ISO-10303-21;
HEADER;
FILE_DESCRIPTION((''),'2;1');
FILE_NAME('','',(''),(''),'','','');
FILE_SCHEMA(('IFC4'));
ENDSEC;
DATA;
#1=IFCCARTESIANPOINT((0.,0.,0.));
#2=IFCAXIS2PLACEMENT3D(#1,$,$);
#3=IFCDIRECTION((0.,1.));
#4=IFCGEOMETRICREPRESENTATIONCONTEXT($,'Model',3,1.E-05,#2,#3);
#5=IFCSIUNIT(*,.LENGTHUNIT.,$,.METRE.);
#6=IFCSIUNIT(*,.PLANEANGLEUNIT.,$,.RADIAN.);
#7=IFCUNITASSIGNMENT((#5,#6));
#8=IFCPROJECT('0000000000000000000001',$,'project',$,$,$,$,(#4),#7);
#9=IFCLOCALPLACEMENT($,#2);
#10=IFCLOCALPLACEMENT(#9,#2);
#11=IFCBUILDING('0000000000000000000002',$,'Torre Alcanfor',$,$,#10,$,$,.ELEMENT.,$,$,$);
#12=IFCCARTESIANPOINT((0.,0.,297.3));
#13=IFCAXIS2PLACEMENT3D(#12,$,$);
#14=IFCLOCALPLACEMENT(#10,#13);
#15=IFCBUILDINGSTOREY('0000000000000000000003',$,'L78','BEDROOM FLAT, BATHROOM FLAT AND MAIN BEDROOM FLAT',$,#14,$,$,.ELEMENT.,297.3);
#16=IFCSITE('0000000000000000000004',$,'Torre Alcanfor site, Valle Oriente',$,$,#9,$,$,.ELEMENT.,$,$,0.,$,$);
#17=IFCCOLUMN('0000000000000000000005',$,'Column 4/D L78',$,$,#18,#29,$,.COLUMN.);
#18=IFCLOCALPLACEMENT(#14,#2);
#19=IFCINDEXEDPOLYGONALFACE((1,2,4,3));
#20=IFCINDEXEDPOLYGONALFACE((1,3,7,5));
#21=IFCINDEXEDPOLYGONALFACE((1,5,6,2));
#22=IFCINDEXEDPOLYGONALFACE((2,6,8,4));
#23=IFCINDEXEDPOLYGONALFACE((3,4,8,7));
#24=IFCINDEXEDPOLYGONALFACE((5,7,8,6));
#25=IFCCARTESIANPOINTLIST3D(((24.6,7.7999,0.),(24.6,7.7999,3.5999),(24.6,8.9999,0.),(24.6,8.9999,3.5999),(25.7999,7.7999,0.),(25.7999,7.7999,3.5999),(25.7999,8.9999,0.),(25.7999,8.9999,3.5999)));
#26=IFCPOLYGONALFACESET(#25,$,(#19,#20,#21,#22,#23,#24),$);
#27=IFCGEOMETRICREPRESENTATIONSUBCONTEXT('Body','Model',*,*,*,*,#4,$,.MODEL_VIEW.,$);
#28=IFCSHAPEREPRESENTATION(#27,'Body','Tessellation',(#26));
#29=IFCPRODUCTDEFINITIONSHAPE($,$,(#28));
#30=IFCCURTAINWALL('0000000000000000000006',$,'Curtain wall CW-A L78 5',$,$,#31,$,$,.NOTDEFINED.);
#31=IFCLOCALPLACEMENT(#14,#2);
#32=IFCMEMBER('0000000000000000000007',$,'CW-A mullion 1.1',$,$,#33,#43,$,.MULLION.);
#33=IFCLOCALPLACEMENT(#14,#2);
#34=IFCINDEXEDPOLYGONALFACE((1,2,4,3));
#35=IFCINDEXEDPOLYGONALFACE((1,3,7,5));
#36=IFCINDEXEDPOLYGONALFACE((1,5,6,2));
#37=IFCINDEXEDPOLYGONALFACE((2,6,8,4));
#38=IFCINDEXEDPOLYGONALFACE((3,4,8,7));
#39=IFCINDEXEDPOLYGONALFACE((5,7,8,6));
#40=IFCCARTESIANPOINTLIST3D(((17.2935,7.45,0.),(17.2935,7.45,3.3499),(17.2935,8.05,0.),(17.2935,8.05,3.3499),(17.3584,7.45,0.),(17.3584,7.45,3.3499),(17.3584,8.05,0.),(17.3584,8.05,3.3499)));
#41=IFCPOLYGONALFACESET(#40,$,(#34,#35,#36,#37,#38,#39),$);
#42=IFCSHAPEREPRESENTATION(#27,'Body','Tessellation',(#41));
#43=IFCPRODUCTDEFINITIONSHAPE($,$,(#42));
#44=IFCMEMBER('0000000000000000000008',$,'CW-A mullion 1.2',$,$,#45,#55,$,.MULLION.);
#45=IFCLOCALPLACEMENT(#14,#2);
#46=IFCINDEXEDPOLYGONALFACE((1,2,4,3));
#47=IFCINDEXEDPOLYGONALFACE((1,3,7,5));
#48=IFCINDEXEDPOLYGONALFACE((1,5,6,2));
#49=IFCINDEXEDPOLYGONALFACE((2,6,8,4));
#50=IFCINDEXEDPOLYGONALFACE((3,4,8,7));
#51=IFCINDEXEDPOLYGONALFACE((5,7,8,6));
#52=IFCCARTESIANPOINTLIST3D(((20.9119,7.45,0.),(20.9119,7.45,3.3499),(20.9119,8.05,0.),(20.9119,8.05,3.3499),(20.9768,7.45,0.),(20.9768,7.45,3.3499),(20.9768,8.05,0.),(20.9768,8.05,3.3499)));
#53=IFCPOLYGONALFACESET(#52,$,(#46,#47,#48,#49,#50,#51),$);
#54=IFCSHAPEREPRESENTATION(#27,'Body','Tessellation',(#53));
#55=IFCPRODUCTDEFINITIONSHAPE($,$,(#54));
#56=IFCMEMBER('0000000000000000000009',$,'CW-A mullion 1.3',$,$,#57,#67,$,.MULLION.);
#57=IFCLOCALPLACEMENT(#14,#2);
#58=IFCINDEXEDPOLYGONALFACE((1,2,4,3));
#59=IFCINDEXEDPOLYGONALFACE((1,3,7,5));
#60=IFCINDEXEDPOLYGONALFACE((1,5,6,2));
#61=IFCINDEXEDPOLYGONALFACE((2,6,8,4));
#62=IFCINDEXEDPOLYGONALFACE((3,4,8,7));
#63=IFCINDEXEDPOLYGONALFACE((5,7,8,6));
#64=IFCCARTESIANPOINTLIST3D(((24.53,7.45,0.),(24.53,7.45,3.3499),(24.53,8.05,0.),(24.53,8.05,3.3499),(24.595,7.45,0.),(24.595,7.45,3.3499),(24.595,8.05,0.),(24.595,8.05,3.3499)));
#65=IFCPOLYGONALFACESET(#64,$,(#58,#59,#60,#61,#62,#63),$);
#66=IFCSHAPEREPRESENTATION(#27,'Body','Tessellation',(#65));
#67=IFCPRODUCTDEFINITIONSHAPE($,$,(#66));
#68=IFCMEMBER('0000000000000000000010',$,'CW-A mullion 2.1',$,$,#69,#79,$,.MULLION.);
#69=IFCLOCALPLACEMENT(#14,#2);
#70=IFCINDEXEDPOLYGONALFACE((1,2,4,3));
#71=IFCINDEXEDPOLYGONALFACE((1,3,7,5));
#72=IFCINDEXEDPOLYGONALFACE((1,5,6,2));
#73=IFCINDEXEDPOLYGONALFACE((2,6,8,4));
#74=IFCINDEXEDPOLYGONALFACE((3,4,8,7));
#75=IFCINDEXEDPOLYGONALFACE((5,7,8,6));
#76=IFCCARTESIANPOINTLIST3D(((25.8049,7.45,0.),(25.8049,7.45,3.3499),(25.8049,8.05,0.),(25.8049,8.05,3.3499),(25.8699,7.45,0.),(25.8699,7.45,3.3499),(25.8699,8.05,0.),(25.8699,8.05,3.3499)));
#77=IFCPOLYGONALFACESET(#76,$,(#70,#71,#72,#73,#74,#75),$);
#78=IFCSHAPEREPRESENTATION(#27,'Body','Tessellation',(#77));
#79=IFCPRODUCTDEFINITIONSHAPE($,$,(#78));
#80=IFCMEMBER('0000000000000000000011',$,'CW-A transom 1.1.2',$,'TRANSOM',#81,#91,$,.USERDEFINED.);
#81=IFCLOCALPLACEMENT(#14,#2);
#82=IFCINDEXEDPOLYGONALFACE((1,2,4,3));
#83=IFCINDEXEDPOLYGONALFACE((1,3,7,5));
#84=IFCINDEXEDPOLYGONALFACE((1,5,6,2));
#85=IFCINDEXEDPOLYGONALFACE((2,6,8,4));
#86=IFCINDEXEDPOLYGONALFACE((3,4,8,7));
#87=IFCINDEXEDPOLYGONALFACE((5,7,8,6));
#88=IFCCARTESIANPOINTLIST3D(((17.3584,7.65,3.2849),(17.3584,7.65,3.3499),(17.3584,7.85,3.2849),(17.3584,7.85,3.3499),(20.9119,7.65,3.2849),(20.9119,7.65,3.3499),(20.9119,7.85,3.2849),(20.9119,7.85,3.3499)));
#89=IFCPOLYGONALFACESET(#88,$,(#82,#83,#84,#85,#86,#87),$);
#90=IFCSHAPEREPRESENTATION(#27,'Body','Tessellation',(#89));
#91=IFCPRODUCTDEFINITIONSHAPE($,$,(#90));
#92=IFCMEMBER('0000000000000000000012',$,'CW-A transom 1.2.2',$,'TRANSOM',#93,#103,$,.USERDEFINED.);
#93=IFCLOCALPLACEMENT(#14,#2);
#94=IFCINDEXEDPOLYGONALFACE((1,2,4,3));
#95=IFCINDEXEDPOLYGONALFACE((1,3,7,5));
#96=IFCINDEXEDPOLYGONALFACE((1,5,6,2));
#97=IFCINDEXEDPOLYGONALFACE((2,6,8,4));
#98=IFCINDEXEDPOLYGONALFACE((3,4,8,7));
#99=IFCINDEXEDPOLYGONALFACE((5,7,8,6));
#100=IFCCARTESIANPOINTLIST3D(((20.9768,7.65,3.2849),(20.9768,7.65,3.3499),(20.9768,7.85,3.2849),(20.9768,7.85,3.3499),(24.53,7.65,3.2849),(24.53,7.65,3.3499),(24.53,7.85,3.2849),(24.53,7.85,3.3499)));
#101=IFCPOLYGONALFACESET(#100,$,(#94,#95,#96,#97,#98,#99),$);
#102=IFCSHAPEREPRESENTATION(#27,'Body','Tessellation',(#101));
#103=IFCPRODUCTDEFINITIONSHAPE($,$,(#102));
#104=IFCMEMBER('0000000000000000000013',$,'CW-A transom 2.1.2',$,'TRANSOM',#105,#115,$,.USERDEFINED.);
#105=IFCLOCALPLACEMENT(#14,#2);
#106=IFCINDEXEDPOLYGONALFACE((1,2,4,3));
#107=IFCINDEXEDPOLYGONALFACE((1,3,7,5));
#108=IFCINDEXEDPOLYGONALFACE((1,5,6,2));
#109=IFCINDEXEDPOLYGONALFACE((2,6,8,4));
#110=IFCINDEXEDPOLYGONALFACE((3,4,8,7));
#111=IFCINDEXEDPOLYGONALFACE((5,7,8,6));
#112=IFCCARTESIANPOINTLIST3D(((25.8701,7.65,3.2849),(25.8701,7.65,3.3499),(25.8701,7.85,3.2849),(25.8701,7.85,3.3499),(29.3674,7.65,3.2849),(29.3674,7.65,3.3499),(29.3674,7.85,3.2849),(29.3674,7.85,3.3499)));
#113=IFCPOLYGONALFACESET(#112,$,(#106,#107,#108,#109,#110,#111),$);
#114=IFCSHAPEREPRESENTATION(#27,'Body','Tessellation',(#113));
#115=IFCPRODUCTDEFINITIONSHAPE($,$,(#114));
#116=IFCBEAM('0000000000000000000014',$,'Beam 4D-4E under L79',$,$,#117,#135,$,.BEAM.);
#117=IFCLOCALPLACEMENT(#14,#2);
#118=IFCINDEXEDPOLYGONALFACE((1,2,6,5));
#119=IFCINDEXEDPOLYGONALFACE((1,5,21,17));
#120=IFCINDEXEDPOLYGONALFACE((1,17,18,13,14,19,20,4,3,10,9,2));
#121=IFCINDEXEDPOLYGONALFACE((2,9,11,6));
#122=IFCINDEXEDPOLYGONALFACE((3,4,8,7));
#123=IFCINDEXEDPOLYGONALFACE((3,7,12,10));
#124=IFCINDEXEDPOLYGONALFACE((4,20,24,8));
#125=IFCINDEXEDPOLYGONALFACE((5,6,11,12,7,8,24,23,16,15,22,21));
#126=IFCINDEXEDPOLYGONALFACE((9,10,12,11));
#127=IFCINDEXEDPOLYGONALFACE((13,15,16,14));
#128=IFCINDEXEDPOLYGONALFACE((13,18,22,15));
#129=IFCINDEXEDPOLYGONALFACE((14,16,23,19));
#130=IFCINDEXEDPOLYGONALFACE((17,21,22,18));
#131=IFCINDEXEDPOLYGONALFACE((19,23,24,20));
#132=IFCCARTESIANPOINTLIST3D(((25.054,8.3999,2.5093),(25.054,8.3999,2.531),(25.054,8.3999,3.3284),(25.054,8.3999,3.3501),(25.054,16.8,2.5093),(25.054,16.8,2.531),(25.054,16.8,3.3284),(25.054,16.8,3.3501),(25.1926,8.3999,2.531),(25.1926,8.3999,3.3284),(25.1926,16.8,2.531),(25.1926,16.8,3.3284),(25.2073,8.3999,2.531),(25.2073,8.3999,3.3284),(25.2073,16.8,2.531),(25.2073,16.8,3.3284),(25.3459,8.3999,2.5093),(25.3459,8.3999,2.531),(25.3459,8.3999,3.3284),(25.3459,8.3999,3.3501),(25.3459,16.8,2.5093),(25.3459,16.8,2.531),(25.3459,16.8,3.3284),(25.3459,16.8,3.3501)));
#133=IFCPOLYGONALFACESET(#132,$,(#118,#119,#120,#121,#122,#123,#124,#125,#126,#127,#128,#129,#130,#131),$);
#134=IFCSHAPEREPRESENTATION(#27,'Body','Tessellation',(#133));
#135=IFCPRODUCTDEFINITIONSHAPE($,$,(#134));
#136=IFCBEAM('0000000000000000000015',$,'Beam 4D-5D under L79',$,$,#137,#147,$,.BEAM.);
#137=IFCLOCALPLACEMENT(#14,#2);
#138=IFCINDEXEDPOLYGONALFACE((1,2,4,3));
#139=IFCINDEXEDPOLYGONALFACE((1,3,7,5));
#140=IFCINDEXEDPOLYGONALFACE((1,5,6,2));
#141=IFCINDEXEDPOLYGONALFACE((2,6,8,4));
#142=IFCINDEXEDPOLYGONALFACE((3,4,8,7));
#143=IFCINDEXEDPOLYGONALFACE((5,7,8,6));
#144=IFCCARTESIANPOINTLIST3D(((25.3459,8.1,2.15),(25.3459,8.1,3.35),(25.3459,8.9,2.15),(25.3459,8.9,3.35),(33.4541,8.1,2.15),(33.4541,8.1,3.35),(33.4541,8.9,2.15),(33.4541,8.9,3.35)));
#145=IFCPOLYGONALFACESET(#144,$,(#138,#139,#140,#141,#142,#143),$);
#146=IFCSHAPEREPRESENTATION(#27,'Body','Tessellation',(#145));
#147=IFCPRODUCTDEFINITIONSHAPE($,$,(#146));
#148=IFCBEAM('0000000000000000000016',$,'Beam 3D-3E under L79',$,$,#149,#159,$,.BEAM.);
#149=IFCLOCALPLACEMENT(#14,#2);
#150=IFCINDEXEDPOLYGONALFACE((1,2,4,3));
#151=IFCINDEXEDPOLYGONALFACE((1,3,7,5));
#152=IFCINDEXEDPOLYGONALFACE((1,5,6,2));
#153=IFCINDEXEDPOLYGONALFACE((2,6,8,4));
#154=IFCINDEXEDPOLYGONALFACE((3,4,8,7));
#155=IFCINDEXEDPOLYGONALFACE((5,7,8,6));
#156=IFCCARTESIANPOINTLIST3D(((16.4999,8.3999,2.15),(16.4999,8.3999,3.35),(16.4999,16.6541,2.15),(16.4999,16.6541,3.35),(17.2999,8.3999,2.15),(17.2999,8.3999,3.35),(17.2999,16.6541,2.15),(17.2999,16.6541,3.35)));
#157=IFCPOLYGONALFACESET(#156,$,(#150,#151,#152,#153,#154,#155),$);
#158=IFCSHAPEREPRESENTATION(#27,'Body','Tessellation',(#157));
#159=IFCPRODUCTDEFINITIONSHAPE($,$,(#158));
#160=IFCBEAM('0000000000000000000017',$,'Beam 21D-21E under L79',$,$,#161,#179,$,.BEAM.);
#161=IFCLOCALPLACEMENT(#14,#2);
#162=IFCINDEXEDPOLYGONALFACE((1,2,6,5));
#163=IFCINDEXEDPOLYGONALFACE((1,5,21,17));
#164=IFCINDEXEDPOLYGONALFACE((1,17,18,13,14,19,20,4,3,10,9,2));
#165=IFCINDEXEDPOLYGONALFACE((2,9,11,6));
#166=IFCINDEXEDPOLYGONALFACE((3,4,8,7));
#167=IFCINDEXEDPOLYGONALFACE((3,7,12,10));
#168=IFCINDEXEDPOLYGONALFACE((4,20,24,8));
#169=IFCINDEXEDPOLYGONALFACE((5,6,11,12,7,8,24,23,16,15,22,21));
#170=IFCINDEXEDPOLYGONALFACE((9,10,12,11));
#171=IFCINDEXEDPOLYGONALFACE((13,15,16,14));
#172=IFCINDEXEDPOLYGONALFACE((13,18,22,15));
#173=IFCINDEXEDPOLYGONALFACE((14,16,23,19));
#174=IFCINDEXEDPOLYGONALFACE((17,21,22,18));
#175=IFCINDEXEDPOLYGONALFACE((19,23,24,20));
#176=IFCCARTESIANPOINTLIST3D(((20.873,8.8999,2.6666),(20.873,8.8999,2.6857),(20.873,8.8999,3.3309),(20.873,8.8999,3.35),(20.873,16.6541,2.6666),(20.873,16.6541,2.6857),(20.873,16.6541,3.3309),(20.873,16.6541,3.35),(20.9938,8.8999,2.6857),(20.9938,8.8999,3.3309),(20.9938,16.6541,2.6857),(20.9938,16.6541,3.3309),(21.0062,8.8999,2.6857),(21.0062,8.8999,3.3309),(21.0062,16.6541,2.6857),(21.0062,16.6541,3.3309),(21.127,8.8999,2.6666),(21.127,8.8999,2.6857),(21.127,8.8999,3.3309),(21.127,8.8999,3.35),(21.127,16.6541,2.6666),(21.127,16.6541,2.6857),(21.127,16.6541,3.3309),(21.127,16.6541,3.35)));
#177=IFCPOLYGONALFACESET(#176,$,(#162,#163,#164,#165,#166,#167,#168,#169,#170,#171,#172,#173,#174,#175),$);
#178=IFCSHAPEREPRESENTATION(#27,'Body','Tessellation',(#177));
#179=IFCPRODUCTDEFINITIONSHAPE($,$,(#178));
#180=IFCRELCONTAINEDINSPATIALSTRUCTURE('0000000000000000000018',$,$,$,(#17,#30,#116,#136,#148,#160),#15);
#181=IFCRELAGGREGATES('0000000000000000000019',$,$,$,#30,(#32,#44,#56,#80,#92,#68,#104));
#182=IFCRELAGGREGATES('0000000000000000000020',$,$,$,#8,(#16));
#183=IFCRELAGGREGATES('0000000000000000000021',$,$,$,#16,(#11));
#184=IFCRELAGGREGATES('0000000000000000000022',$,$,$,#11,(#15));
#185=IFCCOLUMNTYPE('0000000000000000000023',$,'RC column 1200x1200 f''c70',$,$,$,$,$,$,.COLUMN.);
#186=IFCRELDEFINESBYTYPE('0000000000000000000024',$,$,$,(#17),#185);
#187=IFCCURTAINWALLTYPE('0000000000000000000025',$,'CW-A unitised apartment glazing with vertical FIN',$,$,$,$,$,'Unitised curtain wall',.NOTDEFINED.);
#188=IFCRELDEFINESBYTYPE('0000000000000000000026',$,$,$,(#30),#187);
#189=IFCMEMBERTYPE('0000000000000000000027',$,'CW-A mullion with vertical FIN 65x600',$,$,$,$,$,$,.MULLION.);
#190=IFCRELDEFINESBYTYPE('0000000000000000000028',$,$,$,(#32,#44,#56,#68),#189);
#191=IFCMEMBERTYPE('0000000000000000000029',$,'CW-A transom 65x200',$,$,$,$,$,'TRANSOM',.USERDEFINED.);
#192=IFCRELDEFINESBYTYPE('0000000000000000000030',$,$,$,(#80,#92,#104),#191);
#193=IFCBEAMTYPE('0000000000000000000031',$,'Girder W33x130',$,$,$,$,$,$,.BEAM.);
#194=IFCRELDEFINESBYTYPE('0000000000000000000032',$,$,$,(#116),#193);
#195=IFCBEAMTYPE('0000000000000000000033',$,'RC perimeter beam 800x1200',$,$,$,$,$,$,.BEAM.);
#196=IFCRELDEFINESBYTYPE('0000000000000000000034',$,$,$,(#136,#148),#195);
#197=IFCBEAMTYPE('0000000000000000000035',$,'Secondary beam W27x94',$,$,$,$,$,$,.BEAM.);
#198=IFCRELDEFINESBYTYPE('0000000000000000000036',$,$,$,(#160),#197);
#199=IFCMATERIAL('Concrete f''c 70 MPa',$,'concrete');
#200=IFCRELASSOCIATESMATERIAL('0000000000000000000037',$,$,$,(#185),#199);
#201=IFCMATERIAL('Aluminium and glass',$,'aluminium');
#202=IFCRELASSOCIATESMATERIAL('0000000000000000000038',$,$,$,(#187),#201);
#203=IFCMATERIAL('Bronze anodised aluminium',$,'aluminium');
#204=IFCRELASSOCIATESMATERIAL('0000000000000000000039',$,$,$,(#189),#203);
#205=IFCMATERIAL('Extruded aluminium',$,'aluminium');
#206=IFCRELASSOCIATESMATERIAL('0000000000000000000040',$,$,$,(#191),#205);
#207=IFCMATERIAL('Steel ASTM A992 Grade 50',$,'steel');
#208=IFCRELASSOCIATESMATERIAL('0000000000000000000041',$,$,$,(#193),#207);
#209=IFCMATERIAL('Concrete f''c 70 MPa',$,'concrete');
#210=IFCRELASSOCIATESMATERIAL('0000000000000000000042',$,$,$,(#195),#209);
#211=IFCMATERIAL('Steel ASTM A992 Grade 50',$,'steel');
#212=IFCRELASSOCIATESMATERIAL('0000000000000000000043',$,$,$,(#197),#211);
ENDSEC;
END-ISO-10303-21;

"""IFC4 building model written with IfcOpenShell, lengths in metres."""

from ifc_helpers import new_model, si_unit, direction, frame, origin, origin_2d, place, context, subcontext, project, spatial, rectangle, i_section, extrude, material, material_profile, profile_set, type_object, element, aggregate, save


model = new_model("IFC4")

# Units and contexts
model_context = context("Model", 3, precision=1e-05, world=origin(), true_north=direction((0.0, 1.0)))
body_context = subcontext(model_context, "Body", "Model", "MODEL_VIEW")
ifc_project = project(units=[si_unit("LENGTHUNIT", "METRE"), si_unit("PLANEANGLEUNIT", "RADIAN")], contexts=[model_context])

# Site, building, storey
site_placement = place(None, origin())
site = spatial("IfcSite", under=ifc_project, at=site_placement, Name="Torre Alcanfor site, Valle Oriente", CompositionType="ELEMENT", RefElevation=0.0)
building_placement = place(site_placement, origin())
building = spatial("IfcBuilding", under=site, at=building_placement, Name="Torre Alcanfor", CompositionType="ELEMENT")
storey_placement = place(building_placement, frame((0.0, 0.0, 297.3)))
storey = spatial("IfcBuildingStorey", under=building, at=storey_placement, Name="L78", Description="BEDROOM FLAT, BATHROOM FLAT AND MAIN BEDROOM FLAT", CompositionType="ELEMENT", Elevation=297.3)

# Column
ifc_material_1 = material(Name="Concrete f'c 70 MPa", Category="concrete")
ifc_material_profile_1 = material_profile(ifc_material_1, rectangle(XDim=1.2, YDim=1.2, at=origin_2d()), Name="1200x1200")
ifc_profile_set_1 = profile_set([ifc_material_profile_1], Name="Concrete f'c 70 MPa")
column_type = type_object("IfcColumnType", Name="RC column 1200x1200 f'c70", PredefinedType="COLUMN", material=ifc_profile_set_1)
column_placement = place(storey_placement, frame((25.2, 8.3999, 0.0), z_axis=(0.0, 0.0, 1.0), x_axis=(1.0, 0.0, 0.0)))
element("IfcColumn", 1, at=column_placement, inside=storey, type_object=column_type, Name="Column 4/D L78", PredefinedType="COLUMN", context=body_context, shape_type="SweptSolid", body=[
    extrude(rectangle(XDim=1.2, YDim=1.2, at=origin_2d()), origin(), (0.0, 0.0, 1.0), 3.5999),
])

# Curtain wall, members
ifc_material_2 = material(Name="Aluminium and glass", Category="aluminium")
curtain_wall_type = type_object("IfcCurtainWallType", Name="CW-A unitised apartment glazing with vertical FIN", ElementType="Unitised curtain wall", PredefinedType="NOTDEFINED", material=ifc_material_2)
curtain_wall_placement = place(storey_placement, origin())
curtain_wall = element("IfcCurtainWall", 2, at=curtain_wall_placement, inside=storey, type_object=curtain_wall_type, Name="Curtain wall CW-A L78 5", PredefinedType="NOTDEFINED")
ifc_material_3 = material(Name="Bronze anodised aluminium", Category="aluminium")
ifc_material_profile_2 = material_profile(ifc_material_3, rectangle(XDim=0.6001, YDim=0.0649, at=origin_2d()), Name="CW-A mullion 65x600")
ifc_profile_set_2 = profile_set([ifc_material_profile_2], Name="Bronze anodised aluminium")
member_type_1 = type_object("IfcMemberType", Name="CW-A mullion with vertical FIN 65x600", PredefinedType="MULLION", material=ifc_profile_set_2)
member_1_placement = place(storey_placement, frame((17.3259, 7.75, 0.0), z_axis=(0.0, 0.0, 1.0), x_axis=(0.0, 1.0, 0.0)))
member_1 = element("IfcMember", 3, at=member_1_placement, type_object=member_type_1, Name="CW-A mullion 1.1", PredefinedType="MULLION", context=body_context, shape_type="SweptSolid", body=[
    extrude(rectangle(XDim=0.6001, YDim=0.0649, at=origin_2d()), origin(), (0.0, 0.0, 1.0), 3.3499),
])
member_2_placement = place(storey_placement, frame((20.9443, 7.75, 0.0), z_axis=(0.0, 0.0, 1.0), x_axis=(0.0, 1.0, 0.0)))
member_2 = element("IfcMember", 4, at=member_2_placement, type_object=member_type_1, Name="CW-A mullion 1.2", PredefinedType="MULLION", context=body_context, shape_type="SweptSolid", body=[
    extrude(rectangle(XDim=0.6001, YDim=0.0649, at=origin_2d()), origin(), (0.0, 0.0, 1.0), 3.3499),
])
member_3_placement = place(storey_placement, frame((24.5625, 7.75, 0.0), z_axis=(0.0, 0.0, 1.0), x_axis=(0.0, 1.0, 0.0)))
member_3 = element("IfcMember", 5, at=member_3_placement, type_object=member_type_1, Name="CW-A mullion 1.3", PredefinedType="MULLION", context=body_context, shape_type="SweptSolid", body=[
    extrude(rectangle(XDim=0.6001, YDim=0.0649, at=origin_2d()), origin(), (0.0, 0.0, 1.0), 3.3499),
])
member_4_placement = place(storey_placement, frame((25.8374, 7.75, 0.0), z_axis=(0.0, 0.0, 1.0), x_axis=(0.0, 1.0, 0.0)))
member_4 = element("IfcMember", 6, at=member_4_placement, type_object=member_type_1, Name="CW-A mullion 2.1", PredefinedType="MULLION", context=body_context, shape_type="SweptSolid", body=[
    extrude(rectangle(XDim=0.6001, YDim=0.0649, at=origin_2d()), origin(), (0.0, 0.0, 1.0), 3.3499),
])
ifc_material_4 = material(Name="Extruded aluminium", Category="aluminium")
ifc_material_profile_3 = material_profile(ifc_material_4, rectangle(XDim=0.2, YDim=0.0649, at=origin_2d()), Name="CW-A transom 200x65")
ifc_profile_set_3 = profile_set([ifc_material_profile_3], Name="Extruded aluminium")
member_type_2 = type_object("IfcMemberType", Name="CW-A transom 65x200", ElementType="TRANSOM", PredefinedType="USERDEFINED", material=ifc_profile_set_3)
member_5_placement = place(storey_placement, frame((17.3584, 7.75, 3.3174), z_axis=(1.0, 0.0, 0.0), x_axis=(0.0, 1.0, 0.0)))
member_5 = element("IfcMember", 7, at=member_5_placement, type_object=member_type_2, Name="CW-A transom 1.1.2", ObjectType="TRANSOM", PredefinedType="USERDEFINED", context=body_context, shape_type="SweptSolid", body=[
    extrude(rectangle(XDim=0.2, YDim=0.0649, at=origin_2d()), origin(), (0.0, 0.0, 1.0), 3.5535),
])
member_6_placement = place(storey_placement, frame((20.9768, 7.75, 3.3174), z_axis=(1.0, 0.0, 0.0), x_axis=(0.0, 1.0, 0.0)))
member_6 = element("IfcMember", 8, at=member_6_placement, type_object=member_type_2, Name="CW-A transom 1.2.2", ObjectType="TRANSOM", PredefinedType="USERDEFINED", context=body_context, shape_type="SweptSolid", body=[
    extrude(rectangle(XDim=0.2, YDim=0.0649, at=origin_2d()), origin(), (0.0, 0.0, 1.0), 3.5532),
])
member_7_placement = place(storey_placement, frame((25.8701, 7.75, 3.3174), z_axis=(1.0, 0.0, 0.0), x_axis=(0.0, 1.0, 0.0)))
member_7 = element("IfcMember", 9, at=member_7_placement, type_object=member_type_2, Name="CW-A transom 2.1.2", ObjectType="TRANSOM", PredefinedType="USERDEFINED", context=body_context, shape_type="SweptSolid", body=[
    extrude(rectangle(XDim=0.2, YDim=0.0649, at=origin_2d()), origin(), (0.0, 0.0, 1.0), 3.4973),
])

# Beams
ifc_material_5 = material(Name="Steel ASTM A992 Grade 50", Category="steel")
ifc_material_profile_4 = material_profile(ifc_material_5, i_section(OverallWidth=0.292, OverallDepth=0.8408, WebThickness=0.0146, FlangeThickness=0.0217, at=origin_2d()), Name="W33x130")
ifc_profile_set_4 = profile_set([ifc_material_profile_4], Name="Steel ASTM A992 Grade 50")
beam_type_1 = type_object("IfcBeamType", Name="Girder W33x130", PredefinedType="BEAM", material=ifc_profile_set_4)
beam_1_placement = place(storey_placement, frame((25.2, 8.3999, 2.9297), z_axis=(0.0, 1.0, 0.0), x_axis=(-1.0, 0.0, 0.0)))
element("IfcBeam", 10, at=beam_1_placement, inside=storey, type_object=beam_type_1, Name="Beam 4D-4E under L79", PredefinedType="BEAM", context=body_context, shape_type="SweptSolid", body=[
    extrude(i_section(OverallWidth=0.292, OverallDepth=0.8408, WebThickness=0.0146, FlangeThickness=0.0217, at=origin_2d()), origin(), (0.0, 0.0, 1.0), 8.4001),
])
ifc_material_6 = material(Name="Concrete f'c 70 MPa", Category="concrete")
ifc_material_profile_5 = material_profile(ifc_material_6, rectangle(XDim=0.8, YDim=1.2, at=origin_2d()), Name="800x1200")
ifc_profile_set_5 = profile_set([ifc_material_profile_5], Name="Concrete f'c 70 MPa")
beam_type_2 = type_object("IfcBeamType", Name="RC perimeter beam 800x1200", PredefinedType="BEAM", material=ifc_profile_set_5)
beam_2_placement = place(storey_placement, frame((25.3459, 8.5, 2.75), z_axis=(1.0, 0.0, 0.0), x_axis=(0.0, 1.0, 0.0)))
element("IfcBeam", 11, at=beam_2_placement, inside=storey, type_object=beam_type_2, Name="Beam 4D-5D under L79", PredefinedType="BEAM", context=body_context, shape_type="SweptSolid", body=[
    extrude(rectangle(XDim=0.8, YDim=1.2, at=origin_2d()), origin(), (0.0, 0.0, 1.0), 8.1082),
])
beam_3_placement = place(storey_placement, frame((16.8999, 8.3999, 2.75), z_axis=(0.0, 1.0, 0.0), x_axis=(-1.0, 0.0, 0.0)))
element("IfcBeam", 12, at=beam_3_placement, inside=storey, type_object=beam_type_2, Name="Beam 3D-3E under L79", PredefinedType="BEAM", context=body_context, shape_type="SweptSolid", body=[
    extrude(rectangle(XDim=0.8, YDim=1.2, at=origin_2d()), origin(), (0.0, 0.0, 1.0), 8.2542),
])
ifc_material_7 = material(Name="Steel ASTM A992 Grade 50", Category="steel")
ifc_material_profile_6 = material_profile(ifc_material_7, i_section(OverallWidth=0.2539, OverallDepth=0.6833, WebThickness=0.0125, FlangeThickness=0.019, at=origin_2d()), Name="W27x94")
ifc_profile_set_6 = profile_set([ifc_material_profile_6], Name="Steel ASTM A992 Grade 50")
beam_type_3 = type_object("IfcBeamType", Name="Secondary beam W27x94", PredefinedType="BEAM", material=ifc_profile_set_6)
beam_4_placement = place(storey_placement, frame((21.0, 8.8999, 3.0083), z_axis=(0.0, 1.0, 0.0), x_axis=(-1.0, 0.0, 0.0)))
element("IfcBeam", 13, at=beam_4_placement, inside=storey, type_object=beam_type_3, Name="Beam 21D-21E under L79", PredefinedType="BEAM", context=body_context, shape_type="SweptSolid", body=[
    extrude(i_section(OverallWidth=0.2539, OverallDepth=0.6833, WebThickness=0.0125, FlangeThickness=0.019, at=origin_2d()), origin(), (0.0, 0.0, 1.0), 7.7542),
])

aggregate(curtain_wall, [member_1, member_2, member_3, member_5, member_6, member_4, member_7])

save(model, "model.ifc")
